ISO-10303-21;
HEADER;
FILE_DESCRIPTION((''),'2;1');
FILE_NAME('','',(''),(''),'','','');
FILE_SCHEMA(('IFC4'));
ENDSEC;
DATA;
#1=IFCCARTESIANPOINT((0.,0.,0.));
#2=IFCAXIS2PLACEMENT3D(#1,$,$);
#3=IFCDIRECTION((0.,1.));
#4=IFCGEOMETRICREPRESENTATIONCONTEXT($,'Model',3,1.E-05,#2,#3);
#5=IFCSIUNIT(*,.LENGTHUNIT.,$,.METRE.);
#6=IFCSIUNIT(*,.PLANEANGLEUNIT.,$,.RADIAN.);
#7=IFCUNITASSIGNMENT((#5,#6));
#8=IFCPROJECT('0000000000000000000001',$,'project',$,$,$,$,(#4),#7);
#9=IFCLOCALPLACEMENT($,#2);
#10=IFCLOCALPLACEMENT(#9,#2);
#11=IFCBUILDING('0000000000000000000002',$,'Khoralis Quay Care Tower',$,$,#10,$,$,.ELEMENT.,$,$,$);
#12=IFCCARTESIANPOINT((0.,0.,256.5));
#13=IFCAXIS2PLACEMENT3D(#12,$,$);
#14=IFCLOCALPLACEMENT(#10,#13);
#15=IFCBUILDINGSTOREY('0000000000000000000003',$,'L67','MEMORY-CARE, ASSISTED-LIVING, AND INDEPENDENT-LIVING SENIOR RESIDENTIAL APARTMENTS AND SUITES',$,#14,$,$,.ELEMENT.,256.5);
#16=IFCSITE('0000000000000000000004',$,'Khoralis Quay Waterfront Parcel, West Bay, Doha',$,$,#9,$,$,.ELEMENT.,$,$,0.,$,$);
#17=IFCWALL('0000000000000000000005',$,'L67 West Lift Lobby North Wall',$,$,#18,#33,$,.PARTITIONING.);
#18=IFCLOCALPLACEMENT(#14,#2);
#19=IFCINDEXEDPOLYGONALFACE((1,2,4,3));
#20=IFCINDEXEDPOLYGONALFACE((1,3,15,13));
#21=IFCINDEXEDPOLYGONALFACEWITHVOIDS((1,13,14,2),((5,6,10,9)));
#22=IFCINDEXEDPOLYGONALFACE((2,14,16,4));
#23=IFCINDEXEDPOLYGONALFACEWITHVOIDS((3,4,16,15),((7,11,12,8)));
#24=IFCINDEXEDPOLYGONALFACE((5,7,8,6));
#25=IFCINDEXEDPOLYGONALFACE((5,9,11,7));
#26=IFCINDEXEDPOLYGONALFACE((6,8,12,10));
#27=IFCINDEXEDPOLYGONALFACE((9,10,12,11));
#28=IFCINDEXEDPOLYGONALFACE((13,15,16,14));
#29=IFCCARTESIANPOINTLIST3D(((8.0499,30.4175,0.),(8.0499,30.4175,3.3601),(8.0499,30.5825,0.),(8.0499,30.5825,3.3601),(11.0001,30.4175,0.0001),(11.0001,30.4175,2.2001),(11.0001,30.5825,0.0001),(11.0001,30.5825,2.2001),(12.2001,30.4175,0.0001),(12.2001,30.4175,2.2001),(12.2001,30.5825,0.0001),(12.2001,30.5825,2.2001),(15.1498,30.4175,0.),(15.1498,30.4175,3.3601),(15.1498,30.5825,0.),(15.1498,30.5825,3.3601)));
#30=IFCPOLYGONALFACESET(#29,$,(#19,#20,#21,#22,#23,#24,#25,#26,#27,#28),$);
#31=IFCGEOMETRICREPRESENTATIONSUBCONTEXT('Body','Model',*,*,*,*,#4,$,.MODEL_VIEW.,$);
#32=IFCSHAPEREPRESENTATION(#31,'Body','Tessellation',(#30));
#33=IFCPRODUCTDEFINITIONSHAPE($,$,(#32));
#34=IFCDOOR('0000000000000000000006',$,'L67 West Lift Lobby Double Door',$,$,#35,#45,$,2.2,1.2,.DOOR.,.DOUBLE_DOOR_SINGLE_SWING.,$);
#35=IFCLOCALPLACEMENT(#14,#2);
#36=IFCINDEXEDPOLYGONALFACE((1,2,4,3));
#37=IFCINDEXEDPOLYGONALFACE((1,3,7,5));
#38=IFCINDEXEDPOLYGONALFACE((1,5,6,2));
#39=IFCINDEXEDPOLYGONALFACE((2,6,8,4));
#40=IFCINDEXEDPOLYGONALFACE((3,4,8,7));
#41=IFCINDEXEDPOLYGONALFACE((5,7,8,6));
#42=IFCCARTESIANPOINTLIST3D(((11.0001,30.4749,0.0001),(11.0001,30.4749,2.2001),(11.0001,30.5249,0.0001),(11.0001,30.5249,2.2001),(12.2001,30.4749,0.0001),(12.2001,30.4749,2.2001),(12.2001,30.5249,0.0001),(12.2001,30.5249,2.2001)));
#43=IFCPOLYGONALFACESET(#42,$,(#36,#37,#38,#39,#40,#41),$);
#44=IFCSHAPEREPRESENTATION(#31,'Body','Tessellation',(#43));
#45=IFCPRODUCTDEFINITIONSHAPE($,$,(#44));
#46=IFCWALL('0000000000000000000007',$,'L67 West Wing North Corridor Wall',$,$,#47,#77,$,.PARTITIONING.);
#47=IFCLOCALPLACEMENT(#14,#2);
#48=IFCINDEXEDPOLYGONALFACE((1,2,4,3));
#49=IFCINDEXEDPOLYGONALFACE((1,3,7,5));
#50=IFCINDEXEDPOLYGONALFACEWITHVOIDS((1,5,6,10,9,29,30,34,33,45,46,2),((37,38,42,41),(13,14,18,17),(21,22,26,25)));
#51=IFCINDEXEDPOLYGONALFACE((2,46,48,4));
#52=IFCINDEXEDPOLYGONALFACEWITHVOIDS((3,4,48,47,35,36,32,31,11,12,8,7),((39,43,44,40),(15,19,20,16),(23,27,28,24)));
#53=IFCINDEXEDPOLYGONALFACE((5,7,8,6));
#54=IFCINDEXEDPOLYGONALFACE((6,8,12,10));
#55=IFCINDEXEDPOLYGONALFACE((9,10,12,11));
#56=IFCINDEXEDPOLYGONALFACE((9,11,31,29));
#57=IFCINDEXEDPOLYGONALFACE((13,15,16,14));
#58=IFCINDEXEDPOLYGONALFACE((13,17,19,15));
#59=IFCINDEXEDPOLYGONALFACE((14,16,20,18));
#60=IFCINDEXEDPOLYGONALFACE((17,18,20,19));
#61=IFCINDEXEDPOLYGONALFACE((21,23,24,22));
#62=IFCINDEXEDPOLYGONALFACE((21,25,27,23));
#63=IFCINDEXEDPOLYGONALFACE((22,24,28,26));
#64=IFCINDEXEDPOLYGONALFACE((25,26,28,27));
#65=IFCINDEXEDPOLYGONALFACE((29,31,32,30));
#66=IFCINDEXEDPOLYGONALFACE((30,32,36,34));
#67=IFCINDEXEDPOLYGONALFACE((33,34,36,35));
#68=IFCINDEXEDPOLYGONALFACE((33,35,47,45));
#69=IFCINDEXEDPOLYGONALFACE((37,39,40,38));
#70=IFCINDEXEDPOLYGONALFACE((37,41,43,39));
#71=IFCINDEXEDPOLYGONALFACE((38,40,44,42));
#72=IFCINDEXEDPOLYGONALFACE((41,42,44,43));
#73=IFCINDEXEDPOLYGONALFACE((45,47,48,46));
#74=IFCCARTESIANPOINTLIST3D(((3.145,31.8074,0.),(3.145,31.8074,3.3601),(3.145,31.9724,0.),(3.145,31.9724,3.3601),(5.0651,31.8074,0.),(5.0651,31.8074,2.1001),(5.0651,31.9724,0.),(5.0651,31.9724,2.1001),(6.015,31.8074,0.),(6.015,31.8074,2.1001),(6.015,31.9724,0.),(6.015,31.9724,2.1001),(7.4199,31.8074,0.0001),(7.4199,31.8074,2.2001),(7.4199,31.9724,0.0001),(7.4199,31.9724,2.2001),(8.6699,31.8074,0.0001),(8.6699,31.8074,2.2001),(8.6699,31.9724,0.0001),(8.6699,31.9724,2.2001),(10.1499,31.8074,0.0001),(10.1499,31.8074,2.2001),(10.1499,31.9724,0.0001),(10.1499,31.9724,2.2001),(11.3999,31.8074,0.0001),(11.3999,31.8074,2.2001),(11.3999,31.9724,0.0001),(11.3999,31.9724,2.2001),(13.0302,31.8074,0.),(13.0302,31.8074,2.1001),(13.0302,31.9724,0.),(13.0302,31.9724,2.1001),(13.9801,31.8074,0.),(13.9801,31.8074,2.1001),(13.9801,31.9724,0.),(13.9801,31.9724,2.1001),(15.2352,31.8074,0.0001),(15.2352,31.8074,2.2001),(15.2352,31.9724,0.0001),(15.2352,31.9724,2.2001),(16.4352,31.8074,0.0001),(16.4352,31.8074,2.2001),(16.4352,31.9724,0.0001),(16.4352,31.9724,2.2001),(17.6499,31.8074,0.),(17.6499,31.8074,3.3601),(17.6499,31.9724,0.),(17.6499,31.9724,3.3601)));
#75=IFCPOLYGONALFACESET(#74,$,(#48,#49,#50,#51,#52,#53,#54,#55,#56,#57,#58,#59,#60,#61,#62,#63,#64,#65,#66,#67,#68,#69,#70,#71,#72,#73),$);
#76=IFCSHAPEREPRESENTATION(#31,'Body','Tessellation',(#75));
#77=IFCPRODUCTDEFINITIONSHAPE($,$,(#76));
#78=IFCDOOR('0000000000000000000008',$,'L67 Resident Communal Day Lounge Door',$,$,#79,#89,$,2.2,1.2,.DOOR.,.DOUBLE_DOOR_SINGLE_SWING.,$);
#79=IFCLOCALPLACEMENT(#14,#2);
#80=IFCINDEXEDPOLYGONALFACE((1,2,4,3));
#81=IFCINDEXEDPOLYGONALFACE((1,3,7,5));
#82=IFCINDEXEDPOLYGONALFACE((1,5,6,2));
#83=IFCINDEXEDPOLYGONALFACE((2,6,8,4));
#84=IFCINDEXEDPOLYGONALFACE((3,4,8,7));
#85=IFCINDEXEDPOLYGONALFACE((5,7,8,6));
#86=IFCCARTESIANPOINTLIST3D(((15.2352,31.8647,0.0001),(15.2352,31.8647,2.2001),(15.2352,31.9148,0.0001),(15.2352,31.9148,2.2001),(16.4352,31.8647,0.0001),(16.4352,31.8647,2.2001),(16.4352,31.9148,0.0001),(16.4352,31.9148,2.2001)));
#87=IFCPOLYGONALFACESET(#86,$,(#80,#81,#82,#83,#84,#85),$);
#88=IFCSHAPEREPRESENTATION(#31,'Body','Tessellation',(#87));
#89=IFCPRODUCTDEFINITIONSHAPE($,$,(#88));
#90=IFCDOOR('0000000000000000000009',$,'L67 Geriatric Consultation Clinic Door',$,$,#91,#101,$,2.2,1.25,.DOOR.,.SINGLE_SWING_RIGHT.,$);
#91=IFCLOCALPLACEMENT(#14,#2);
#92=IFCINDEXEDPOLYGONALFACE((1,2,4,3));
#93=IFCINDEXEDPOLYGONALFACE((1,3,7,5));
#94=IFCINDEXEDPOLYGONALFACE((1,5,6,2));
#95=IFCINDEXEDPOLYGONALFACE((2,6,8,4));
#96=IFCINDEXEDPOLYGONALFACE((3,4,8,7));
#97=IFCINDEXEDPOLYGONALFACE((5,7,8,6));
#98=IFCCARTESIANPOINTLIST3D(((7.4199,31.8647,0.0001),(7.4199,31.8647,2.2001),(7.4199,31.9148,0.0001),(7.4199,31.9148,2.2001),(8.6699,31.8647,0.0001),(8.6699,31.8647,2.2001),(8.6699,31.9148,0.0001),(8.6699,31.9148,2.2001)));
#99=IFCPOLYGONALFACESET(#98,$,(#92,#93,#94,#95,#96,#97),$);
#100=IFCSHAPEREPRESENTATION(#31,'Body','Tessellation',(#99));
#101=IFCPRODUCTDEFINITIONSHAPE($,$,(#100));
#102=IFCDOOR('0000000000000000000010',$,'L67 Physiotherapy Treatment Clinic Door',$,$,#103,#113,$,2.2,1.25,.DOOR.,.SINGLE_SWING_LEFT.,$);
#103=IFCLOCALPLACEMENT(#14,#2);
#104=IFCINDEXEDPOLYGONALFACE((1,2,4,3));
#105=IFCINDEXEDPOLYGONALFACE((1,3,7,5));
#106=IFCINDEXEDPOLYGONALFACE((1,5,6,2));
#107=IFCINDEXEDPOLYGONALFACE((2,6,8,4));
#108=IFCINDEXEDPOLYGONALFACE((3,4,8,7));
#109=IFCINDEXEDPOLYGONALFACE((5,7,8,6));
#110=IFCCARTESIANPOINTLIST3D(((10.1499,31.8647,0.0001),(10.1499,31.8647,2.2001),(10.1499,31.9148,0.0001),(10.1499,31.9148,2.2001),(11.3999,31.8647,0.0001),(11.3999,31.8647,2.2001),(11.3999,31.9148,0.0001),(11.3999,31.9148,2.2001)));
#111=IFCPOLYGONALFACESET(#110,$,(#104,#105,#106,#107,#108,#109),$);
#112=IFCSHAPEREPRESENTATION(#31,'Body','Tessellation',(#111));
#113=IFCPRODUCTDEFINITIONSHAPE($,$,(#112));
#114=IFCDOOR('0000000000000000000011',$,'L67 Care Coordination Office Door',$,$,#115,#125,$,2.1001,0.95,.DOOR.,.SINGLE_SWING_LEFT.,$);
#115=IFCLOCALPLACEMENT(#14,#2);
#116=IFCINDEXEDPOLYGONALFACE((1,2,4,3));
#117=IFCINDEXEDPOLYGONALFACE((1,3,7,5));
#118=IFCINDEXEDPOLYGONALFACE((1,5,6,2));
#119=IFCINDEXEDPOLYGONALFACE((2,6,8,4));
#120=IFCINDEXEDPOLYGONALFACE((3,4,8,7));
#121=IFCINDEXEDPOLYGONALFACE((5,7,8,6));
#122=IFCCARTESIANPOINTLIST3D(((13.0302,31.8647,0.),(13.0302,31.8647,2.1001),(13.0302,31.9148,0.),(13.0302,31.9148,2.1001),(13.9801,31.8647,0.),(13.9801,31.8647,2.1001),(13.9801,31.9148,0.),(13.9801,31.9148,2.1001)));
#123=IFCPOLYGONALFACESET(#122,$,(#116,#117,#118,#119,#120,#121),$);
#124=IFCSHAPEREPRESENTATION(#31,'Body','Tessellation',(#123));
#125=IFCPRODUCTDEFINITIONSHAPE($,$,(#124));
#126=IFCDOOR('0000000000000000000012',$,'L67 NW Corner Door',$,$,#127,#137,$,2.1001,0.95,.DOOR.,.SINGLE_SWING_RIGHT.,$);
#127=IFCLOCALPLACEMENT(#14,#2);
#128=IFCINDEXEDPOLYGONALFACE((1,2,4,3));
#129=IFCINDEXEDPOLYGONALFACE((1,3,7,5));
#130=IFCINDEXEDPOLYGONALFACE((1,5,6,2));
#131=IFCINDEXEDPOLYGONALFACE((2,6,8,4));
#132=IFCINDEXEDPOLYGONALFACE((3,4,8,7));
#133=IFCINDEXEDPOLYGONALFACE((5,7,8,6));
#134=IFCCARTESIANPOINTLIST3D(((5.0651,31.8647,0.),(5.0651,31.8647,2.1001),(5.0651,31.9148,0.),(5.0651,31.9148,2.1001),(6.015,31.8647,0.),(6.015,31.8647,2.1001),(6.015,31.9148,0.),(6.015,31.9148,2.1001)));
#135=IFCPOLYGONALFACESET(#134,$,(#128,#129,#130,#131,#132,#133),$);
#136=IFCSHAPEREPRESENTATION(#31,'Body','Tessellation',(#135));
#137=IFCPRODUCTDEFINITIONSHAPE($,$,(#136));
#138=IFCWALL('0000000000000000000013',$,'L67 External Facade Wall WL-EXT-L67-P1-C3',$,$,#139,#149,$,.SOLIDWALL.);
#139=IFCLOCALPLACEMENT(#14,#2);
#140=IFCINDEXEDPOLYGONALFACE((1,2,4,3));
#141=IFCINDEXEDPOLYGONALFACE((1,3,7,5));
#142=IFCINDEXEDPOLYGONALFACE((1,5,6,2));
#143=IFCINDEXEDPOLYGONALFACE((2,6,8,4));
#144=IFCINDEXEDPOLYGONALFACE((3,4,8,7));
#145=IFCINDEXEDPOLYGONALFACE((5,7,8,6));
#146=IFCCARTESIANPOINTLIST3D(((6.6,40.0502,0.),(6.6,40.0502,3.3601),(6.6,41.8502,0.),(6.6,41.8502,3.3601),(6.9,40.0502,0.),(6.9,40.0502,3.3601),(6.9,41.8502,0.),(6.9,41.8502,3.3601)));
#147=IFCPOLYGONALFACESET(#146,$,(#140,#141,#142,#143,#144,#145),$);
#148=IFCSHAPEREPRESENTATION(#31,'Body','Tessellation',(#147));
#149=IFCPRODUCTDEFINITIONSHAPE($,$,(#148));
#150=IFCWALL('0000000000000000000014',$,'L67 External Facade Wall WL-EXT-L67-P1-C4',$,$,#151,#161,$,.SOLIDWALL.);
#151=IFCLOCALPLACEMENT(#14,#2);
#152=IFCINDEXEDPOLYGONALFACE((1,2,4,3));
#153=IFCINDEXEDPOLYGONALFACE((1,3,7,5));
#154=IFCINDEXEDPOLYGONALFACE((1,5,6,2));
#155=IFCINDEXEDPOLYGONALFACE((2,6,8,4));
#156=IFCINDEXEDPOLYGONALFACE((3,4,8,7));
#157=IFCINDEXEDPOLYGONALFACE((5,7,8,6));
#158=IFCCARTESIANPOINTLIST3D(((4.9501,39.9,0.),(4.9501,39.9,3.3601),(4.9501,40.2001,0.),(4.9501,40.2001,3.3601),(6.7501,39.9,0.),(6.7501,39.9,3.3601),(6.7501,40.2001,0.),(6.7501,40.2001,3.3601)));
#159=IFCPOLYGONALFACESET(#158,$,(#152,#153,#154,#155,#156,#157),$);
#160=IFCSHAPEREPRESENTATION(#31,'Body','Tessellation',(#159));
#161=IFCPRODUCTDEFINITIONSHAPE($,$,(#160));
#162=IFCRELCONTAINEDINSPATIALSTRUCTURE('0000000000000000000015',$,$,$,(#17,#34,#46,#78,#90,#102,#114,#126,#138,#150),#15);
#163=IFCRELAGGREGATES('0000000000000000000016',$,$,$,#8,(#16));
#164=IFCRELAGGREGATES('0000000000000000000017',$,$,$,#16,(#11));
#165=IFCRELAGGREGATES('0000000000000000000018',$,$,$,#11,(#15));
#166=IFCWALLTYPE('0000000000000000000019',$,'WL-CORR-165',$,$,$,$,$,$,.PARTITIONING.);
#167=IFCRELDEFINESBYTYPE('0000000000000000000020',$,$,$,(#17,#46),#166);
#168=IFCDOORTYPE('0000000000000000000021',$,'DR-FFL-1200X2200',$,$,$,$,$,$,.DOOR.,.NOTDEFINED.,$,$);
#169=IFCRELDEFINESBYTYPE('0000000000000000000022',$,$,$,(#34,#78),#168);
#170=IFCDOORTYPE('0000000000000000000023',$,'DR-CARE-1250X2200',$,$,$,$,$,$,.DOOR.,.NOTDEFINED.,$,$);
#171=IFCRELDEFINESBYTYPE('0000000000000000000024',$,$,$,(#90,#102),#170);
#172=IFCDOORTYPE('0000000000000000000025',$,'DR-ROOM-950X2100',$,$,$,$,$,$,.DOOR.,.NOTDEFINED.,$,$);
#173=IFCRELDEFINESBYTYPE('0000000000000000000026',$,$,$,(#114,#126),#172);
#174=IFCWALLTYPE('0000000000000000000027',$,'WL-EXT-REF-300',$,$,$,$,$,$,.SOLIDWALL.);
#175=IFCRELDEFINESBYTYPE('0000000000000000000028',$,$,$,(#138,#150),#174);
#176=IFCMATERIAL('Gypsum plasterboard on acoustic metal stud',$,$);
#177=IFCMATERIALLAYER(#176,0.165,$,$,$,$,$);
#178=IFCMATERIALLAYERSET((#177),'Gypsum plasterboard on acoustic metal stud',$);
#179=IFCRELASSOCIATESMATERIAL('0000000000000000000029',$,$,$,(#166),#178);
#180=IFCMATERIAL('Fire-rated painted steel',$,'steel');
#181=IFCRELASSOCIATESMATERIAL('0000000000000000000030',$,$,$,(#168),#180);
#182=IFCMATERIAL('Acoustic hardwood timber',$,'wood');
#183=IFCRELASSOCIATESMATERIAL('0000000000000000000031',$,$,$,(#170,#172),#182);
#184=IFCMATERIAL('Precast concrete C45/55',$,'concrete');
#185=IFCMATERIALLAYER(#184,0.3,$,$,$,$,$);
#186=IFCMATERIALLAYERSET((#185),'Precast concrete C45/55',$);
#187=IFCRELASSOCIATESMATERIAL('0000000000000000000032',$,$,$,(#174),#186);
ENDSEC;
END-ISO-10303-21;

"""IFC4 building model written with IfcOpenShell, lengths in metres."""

from ifc_helpers import new_model, si_unit, direction, frame, frame_2d, origin, place, context, subcontext, project, spatial, rectangle, extrude, source, transform, mapped, material, layer, layer_set, type_object, element, fill, save


model = new_model("IFC4")

# Units and contexts
model_context = context("Model", 3, precision=1e-05, world=origin(), true_north=direction((0.0, 1.0)))
body_context = subcontext(model_context, "Body", "Model", "MODEL_VIEW")
ifc_project = project(units=[si_unit("LENGTHUNIT", "METRE"), si_unit("PLANEANGLEUNIT", "RADIAN")], contexts=[model_context])

# Site, building, storey
site_placement = place(None, origin())
site = spatial("IfcSite", under=ifc_project, at=site_placement, Name="Khoralis Quay Waterfront Parcel, West Bay, Doha", CompositionType="ELEMENT", RefElevation=0.0)
building_placement = place(site_placement, origin())
building = spatial("IfcBuilding", under=site, at=building_placement, Name="Khoralis Quay Care Tower", CompositionType="ELEMENT")
storey_placement = place(building_placement, frame((0.0, 0.0, 256.5)))
storey = spatial("IfcBuildingStorey", under=building, at=storey_placement, Name="L67", Description="MEMORY-CARE, ASSISTED-LIVING, AND INDEPENDENT-LIVING SENIOR RESIDENTIAL APARTMENTS AND SUITES", CompositionType="ELEMENT", Elevation=256.5)

# Wall, opening, door
ifc_material_1 = material(Name="Gypsum plasterboard on acoustic metal stud")
ifc_layer_1 = layer(ifc_material_1, 0.165)
ifc_layer_set_1 = layer_set([ifc_layer_1], Name="Gypsum plasterboard on acoustic metal stud")
wall_type_1 = type_object("IfcWallType", Name="WL-CORR-165", PredefinedType="PARTITIONING", material=ifc_layer_set_1)
wall_1_placement = place(storey_placement, frame((8.05, 30.5, 0.0), z_axis=(0.0, 0.0, 1.0), x_axis=(1.0, 0.0, 0.0)))
wall_1 = element("IfcWall", 1, at=wall_1_placement, inside=storey, type_object=wall_type_1, Name="L67 West Lift Lobby North Wall", PredefinedType="PARTITIONING", context=body_context, shape_type="SweptSolid", body=[
    extrude(rectangle(XDim=7.0999, YDim=0.165, at=frame_2d((3.5498, 0.0))), origin(), (0.0, 0.0, 1.0), 3.3601),
])
opening_1_placement = place(wall_1_placement, frame((2.95, 0.0, 0.0)))
opening_1 = element("IfcOpeningElement", 2, at=opening_1_placement, cuts=wall_1, PredefinedType="OPENING", context=body_context, shape_type="SweptSolid", body=[
    extrude(rectangle(XDim=1.2, YDim=2.2, at=frame_2d((0.6001, 1.1001))), frame((0.0, 0.0925, 0.0), z_axis=(0.0, -1.0, 0.0), x_axis=(1.0, 0.0, 0.0)), (0.0, 0.0, 1.0), 0.1851),
])
ifc_material_2 = material(Name="Fire-rated painted steel", Category="steel")
door_type_1 = type_object("IfcDoorType", Name="DR-FFL-1200X2200", OperationType="NOTDEFINED", PredefinedType="DOOR", material=ifc_material_2)
shared_shape_1 = source(origin(), body_context, "Body", "SweptSolid", [
    extrude(rectangle(XDim=1.2, YDim=2.2, at=frame_2d((0.6001, 1.1001))), frame((0.0, 0.0249, 0.0), z_axis=(0.0, -1.0, 0.0), x_axis=(1.0, 0.0, 0.0)), (0.0, 0.0, 1.0), 0.05),
])
door_1_placement = place(opening_1_placement, origin())
door_1 = element("IfcDoor", 3, at=door_1_placement, inside=storey, type_object=door_type_1, Name="L67 West Lift Lobby Double Door", OperationType="DOUBLE_DOOR_SINGLE_SWING", OverallHeight=2.2, OverallWidth=1.2, PredefinedType="DOOR", context=body_context, shape_type="MappedRepresentation", body=[
    mapped(shared_shape_1, transform((0.0, 0.0, 0.0), scale=1.0)),
])
fill(opening_1, door_1)

# Wall, openings, doors
wall_2_placement = place(storey_placement, frame((3.145, 31.8899, 0.0), z_axis=(0.0, 0.0, 1.0), x_axis=(1.0, 0.0, 0.0)))
wall_2 = element("IfcWall", 4, at=wall_2_placement, inside=storey, type_object=wall_type_1, Name="L67 West Wing North Corridor Wall", PredefinedType="PARTITIONING", context=body_context, shape_type="SweptSolid", body=[
    extrude(rectangle(XDim=14.5049, YDim=0.165, at=frame_2d((7.2524, 0.0))), origin(), (0.0, 0.0, 1.0), 3.3601),
])
opening_2_placement = place(wall_2_placement, frame((4.2749, 0.0, 0.0)))
opening_2 = element("IfcOpeningElement", 5, at=opening_2_placement, cuts=wall_2, PredefinedType="OPENING", context=body_context, shape_type="SweptSolid", body=[
    extrude(rectangle(XDim=1.25, YDim=2.2, at=frame_2d((0.625, 1.1001))), frame((0.0, 0.0925, 0.0), z_axis=(0.0, -1.0, 0.0), x_axis=(1.0, 0.0, 0.0)), (0.0, 0.0, 1.0), 0.1851),
])
opening_3_placement = place(wall_2_placement, frame((7.0049, 0.0, 0.0)))
opening_3 = element("IfcOpeningElement", 6, at=opening_3_placement, cuts=wall_2, PredefinedType="OPENING", context=body_context, shape_type="SweptSolid", body=[
    extrude(rectangle(XDim=1.25, YDim=2.2, at=frame_2d((0.625, 1.1001))), frame((0.0, 0.0925, 0.0), z_axis=(0.0, -1.0, 0.0), x_axis=(1.0, 0.0, 0.0)), (0.0, 0.0, 1.0), 0.1851),
])
opening_4_placement = place(wall_2_placement, frame((9.885, 0.0, 0.0)))
opening_4 = element("IfcOpeningElement", 7, at=opening_4_placement, cuts=wall_2, PredefinedType="OPENING", context=body_context, shape_type="SweptSolid", body=[
    extrude(rectangle(XDim=0.95, YDim=2.1001, at=frame_2d((0.4751, 1.05))), frame((0.0, 0.0925, 0.0), z_axis=(0.0, -1.0, 0.0), x_axis=(1.0, 0.0, 0.0)), (0.0, 0.0, 1.0), 0.1851),
])
opening_5_placement = place(wall_2_placement, frame((12.0901, 0.0, 0.0)))
opening_5 = element("IfcOpeningElement", 8, at=opening_5_placement, cuts=wall_2, PredefinedType="OPENING", context=body_context, shape_type="SweptSolid", body=[
    extrude(rectangle(XDim=1.2, YDim=2.2, at=frame_2d((0.6001, 1.1001))), frame((0.0, 0.0925, 0.0), z_axis=(0.0, -1.0, 0.0), x_axis=(1.0, 0.0, 0.0)), (0.0, 0.0, 1.0), 0.1851),
])
opening_6_placement = place(wall_2_placement, frame((1.9199, 0.0, 0.0)))
opening_6 = element("IfcOpeningElement", 9, at=opening_6_placement, cuts=wall_2, PredefinedType="OPENING", context=body_context, shape_type="SweptSolid", body=[
    extrude(rectangle(XDim=0.95, YDim=2.1001, at=frame_2d((0.4751, 1.05))), frame((0.0, 0.0925, 0.0), z_axis=(0.0, -1.0, 0.0), x_axis=(1.0, 0.0, 0.0)), (0.0, 0.0, 1.0), 0.1851),
])
door_2_placement = place(opening_5_placement, origin())
door_2 = element("IfcDoor", 10, at=door_2_placement, inside=storey, type_object=door_type_1, Name="L67 Resident Communal Day Lounge Door", OperationType="DOUBLE_DOOR_SINGLE_SWING", OverallHeight=2.2, OverallWidth=1.2, PredefinedType="DOOR", context=body_context, shape_type="MappedRepresentation", body=[
    mapped(shared_shape_1, transform((0.0, 0.0, 0.0), scale=1.0)),
])
fill(opening_5, door_2)
ifc_material_3 = material(Name="Acoustic hardwood timber", Category="wood")
door_type_2 = type_object("IfcDoorType", Name="DR-CARE-1250X2200", OperationType="NOTDEFINED", PredefinedType="DOOR", material=ifc_material_3)
shared_shape_2 = source(origin(), body_context, "Body", "SweptSolid", [
    extrude(rectangle(XDim=1.25, YDim=2.2, at=frame_2d((0.625, 1.1001))), frame((0.0, 0.0249, 0.0), z_axis=(0.0, -1.0, 0.0), x_axis=(1.0, 0.0, 0.0)), (0.0, 0.0, 1.0), 0.05),
])
door_3_placement = place(opening_2_placement, origin())
door_3 = element("IfcDoor", 11, at=door_3_placement, inside=storey, type_object=door_type_2, Name="L67 Geriatric Consultation Clinic Door", OperationType="SINGLE_SWING_RIGHT", OverallHeight=2.2, OverallWidth=1.25, PredefinedType="DOOR", context=body_context, shape_type="MappedRepresentation", body=[
    mapped(shared_shape_2, transform((0.0, 0.0, 0.0), scale=1.0)),
])
fill(opening_2, door_3)
door_4_placement = place(opening_3_placement, origin())
door_4 = element("IfcDoor", 12, at=door_4_placement, inside=storey, type_object=door_type_2, Name="L67 Physiotherapy Treatment Clinic Door", OperationType="SINGLE_SWING_LEFT", OverallHeight=2.2, OverallWidth=1.25, PredefinedType="DOOR", context=body_context, shape_type="MappedRepresentation", body=[
    mapped(shared_shape_2, transform((0.0, 0.0, 0.0), scale=1.0)),
])
fill(opening_3, door_4)
door_type_3 = type_object("IfcDoorType", Name="DR-ROOM-950X2100", OperationType="NOTDEFINED", PredefinedType="DOOR", material=ifc_material_3)
shared_shape_3 = source(origin(), body_context, "Body", "SweptSolid", [
    extrude(rectangle(XDim=0.95, YDim=2.1001, at=frame_2d((0.4751, 1.05))), frame((0.0, 0.0249, 0.0), z_axis=(0.0, -1.0, 0.0), x_axis=(1.0, 0.0, 0.0)), (0.0, 0.0, 1.0), 0.05),
])
door_5_placement = place(opening_4_placement, origin())
door_5 = element("IfcDoor", 13, at=door_5_placement, inside=storey, type_object=door_type_3, Name="L67 Care Coordination Office Door", OperationType="SINGLE_SWING_LEFT", OverallHeight=2.1001, OverallWidth=0.95, PredefinedType="DOOR", context=body_context, shape_type="MappedRepresentation", body=[
    mapped(shared_shape_3, transform((0.0, 0.0, 0.0), scale=1.0)),
])
fill(opening_4, door_5)
door_6_placement = place(opening_6_placement, origin())
door_6 = element("IfcDoor", 14, at=door_6_placement, inside=storey, type_object=door_type_3, Name="L67 NW Corner Door", OperationType="SINGLE_SWING_RIGHT", OverallHeight=2.1001, OverallWidth=0.95, PredefinedType="DOOR", context=body_context, shape_type="MappedRepresentation", body=[
    mapped(shared_shape_3, transform((0.0, 0.0, 0.0), scale=1.0)),
])
fill(opening_6, door_6)

# Walls
ifc_material_4 = material(Name="Precast concrete C45/55", Category="concrete")
ifc_layer_2 = layer(ifc_material_4, 0.3)
ifc_layer_set_2 = layer_set([ifc_layer_2], Name="Precast concrete C45/55")
wall_type_2 = type_object("IfcWallType", Name="WL-EXT-REF-300", PredefinedType="SOLIDWALL", material=ifc_layer_set_2)
for number, where, z_axis, x_axis, name in (
    (15, (6.75, 41.8501, 0.0), (0.0, 0.0, 1.0), (0.0, -1.0, 0.0), "L67 External Facade Wall WL-EXT-L67-P1-C3"),
    (16, (6.75, 40.05, 0.0), (0.0, 0.0, 1.0), (-1.0, 0.0, 0.0), "L67 External Facade Wall WL-EXT-L67-P1-C4"),
):
    element("IfcWall", number, at=place(storey_placement, frame(where, z_axis=z_axis, x_axis=x_axis)), inside=storey, type_object=wall_type_2, Name=name, PredefinedType="SOLIDWALL", context=body_context, shape_type="SweptSolid", body=[
        extrude(rectangle(XDim=1.8, YDim=0.3, at=frame_2d((0.8999, 0.0))), origin(), (0.0, 0.0, 1.0), 3.3601),
    ])

save(model, "model.ifc")
